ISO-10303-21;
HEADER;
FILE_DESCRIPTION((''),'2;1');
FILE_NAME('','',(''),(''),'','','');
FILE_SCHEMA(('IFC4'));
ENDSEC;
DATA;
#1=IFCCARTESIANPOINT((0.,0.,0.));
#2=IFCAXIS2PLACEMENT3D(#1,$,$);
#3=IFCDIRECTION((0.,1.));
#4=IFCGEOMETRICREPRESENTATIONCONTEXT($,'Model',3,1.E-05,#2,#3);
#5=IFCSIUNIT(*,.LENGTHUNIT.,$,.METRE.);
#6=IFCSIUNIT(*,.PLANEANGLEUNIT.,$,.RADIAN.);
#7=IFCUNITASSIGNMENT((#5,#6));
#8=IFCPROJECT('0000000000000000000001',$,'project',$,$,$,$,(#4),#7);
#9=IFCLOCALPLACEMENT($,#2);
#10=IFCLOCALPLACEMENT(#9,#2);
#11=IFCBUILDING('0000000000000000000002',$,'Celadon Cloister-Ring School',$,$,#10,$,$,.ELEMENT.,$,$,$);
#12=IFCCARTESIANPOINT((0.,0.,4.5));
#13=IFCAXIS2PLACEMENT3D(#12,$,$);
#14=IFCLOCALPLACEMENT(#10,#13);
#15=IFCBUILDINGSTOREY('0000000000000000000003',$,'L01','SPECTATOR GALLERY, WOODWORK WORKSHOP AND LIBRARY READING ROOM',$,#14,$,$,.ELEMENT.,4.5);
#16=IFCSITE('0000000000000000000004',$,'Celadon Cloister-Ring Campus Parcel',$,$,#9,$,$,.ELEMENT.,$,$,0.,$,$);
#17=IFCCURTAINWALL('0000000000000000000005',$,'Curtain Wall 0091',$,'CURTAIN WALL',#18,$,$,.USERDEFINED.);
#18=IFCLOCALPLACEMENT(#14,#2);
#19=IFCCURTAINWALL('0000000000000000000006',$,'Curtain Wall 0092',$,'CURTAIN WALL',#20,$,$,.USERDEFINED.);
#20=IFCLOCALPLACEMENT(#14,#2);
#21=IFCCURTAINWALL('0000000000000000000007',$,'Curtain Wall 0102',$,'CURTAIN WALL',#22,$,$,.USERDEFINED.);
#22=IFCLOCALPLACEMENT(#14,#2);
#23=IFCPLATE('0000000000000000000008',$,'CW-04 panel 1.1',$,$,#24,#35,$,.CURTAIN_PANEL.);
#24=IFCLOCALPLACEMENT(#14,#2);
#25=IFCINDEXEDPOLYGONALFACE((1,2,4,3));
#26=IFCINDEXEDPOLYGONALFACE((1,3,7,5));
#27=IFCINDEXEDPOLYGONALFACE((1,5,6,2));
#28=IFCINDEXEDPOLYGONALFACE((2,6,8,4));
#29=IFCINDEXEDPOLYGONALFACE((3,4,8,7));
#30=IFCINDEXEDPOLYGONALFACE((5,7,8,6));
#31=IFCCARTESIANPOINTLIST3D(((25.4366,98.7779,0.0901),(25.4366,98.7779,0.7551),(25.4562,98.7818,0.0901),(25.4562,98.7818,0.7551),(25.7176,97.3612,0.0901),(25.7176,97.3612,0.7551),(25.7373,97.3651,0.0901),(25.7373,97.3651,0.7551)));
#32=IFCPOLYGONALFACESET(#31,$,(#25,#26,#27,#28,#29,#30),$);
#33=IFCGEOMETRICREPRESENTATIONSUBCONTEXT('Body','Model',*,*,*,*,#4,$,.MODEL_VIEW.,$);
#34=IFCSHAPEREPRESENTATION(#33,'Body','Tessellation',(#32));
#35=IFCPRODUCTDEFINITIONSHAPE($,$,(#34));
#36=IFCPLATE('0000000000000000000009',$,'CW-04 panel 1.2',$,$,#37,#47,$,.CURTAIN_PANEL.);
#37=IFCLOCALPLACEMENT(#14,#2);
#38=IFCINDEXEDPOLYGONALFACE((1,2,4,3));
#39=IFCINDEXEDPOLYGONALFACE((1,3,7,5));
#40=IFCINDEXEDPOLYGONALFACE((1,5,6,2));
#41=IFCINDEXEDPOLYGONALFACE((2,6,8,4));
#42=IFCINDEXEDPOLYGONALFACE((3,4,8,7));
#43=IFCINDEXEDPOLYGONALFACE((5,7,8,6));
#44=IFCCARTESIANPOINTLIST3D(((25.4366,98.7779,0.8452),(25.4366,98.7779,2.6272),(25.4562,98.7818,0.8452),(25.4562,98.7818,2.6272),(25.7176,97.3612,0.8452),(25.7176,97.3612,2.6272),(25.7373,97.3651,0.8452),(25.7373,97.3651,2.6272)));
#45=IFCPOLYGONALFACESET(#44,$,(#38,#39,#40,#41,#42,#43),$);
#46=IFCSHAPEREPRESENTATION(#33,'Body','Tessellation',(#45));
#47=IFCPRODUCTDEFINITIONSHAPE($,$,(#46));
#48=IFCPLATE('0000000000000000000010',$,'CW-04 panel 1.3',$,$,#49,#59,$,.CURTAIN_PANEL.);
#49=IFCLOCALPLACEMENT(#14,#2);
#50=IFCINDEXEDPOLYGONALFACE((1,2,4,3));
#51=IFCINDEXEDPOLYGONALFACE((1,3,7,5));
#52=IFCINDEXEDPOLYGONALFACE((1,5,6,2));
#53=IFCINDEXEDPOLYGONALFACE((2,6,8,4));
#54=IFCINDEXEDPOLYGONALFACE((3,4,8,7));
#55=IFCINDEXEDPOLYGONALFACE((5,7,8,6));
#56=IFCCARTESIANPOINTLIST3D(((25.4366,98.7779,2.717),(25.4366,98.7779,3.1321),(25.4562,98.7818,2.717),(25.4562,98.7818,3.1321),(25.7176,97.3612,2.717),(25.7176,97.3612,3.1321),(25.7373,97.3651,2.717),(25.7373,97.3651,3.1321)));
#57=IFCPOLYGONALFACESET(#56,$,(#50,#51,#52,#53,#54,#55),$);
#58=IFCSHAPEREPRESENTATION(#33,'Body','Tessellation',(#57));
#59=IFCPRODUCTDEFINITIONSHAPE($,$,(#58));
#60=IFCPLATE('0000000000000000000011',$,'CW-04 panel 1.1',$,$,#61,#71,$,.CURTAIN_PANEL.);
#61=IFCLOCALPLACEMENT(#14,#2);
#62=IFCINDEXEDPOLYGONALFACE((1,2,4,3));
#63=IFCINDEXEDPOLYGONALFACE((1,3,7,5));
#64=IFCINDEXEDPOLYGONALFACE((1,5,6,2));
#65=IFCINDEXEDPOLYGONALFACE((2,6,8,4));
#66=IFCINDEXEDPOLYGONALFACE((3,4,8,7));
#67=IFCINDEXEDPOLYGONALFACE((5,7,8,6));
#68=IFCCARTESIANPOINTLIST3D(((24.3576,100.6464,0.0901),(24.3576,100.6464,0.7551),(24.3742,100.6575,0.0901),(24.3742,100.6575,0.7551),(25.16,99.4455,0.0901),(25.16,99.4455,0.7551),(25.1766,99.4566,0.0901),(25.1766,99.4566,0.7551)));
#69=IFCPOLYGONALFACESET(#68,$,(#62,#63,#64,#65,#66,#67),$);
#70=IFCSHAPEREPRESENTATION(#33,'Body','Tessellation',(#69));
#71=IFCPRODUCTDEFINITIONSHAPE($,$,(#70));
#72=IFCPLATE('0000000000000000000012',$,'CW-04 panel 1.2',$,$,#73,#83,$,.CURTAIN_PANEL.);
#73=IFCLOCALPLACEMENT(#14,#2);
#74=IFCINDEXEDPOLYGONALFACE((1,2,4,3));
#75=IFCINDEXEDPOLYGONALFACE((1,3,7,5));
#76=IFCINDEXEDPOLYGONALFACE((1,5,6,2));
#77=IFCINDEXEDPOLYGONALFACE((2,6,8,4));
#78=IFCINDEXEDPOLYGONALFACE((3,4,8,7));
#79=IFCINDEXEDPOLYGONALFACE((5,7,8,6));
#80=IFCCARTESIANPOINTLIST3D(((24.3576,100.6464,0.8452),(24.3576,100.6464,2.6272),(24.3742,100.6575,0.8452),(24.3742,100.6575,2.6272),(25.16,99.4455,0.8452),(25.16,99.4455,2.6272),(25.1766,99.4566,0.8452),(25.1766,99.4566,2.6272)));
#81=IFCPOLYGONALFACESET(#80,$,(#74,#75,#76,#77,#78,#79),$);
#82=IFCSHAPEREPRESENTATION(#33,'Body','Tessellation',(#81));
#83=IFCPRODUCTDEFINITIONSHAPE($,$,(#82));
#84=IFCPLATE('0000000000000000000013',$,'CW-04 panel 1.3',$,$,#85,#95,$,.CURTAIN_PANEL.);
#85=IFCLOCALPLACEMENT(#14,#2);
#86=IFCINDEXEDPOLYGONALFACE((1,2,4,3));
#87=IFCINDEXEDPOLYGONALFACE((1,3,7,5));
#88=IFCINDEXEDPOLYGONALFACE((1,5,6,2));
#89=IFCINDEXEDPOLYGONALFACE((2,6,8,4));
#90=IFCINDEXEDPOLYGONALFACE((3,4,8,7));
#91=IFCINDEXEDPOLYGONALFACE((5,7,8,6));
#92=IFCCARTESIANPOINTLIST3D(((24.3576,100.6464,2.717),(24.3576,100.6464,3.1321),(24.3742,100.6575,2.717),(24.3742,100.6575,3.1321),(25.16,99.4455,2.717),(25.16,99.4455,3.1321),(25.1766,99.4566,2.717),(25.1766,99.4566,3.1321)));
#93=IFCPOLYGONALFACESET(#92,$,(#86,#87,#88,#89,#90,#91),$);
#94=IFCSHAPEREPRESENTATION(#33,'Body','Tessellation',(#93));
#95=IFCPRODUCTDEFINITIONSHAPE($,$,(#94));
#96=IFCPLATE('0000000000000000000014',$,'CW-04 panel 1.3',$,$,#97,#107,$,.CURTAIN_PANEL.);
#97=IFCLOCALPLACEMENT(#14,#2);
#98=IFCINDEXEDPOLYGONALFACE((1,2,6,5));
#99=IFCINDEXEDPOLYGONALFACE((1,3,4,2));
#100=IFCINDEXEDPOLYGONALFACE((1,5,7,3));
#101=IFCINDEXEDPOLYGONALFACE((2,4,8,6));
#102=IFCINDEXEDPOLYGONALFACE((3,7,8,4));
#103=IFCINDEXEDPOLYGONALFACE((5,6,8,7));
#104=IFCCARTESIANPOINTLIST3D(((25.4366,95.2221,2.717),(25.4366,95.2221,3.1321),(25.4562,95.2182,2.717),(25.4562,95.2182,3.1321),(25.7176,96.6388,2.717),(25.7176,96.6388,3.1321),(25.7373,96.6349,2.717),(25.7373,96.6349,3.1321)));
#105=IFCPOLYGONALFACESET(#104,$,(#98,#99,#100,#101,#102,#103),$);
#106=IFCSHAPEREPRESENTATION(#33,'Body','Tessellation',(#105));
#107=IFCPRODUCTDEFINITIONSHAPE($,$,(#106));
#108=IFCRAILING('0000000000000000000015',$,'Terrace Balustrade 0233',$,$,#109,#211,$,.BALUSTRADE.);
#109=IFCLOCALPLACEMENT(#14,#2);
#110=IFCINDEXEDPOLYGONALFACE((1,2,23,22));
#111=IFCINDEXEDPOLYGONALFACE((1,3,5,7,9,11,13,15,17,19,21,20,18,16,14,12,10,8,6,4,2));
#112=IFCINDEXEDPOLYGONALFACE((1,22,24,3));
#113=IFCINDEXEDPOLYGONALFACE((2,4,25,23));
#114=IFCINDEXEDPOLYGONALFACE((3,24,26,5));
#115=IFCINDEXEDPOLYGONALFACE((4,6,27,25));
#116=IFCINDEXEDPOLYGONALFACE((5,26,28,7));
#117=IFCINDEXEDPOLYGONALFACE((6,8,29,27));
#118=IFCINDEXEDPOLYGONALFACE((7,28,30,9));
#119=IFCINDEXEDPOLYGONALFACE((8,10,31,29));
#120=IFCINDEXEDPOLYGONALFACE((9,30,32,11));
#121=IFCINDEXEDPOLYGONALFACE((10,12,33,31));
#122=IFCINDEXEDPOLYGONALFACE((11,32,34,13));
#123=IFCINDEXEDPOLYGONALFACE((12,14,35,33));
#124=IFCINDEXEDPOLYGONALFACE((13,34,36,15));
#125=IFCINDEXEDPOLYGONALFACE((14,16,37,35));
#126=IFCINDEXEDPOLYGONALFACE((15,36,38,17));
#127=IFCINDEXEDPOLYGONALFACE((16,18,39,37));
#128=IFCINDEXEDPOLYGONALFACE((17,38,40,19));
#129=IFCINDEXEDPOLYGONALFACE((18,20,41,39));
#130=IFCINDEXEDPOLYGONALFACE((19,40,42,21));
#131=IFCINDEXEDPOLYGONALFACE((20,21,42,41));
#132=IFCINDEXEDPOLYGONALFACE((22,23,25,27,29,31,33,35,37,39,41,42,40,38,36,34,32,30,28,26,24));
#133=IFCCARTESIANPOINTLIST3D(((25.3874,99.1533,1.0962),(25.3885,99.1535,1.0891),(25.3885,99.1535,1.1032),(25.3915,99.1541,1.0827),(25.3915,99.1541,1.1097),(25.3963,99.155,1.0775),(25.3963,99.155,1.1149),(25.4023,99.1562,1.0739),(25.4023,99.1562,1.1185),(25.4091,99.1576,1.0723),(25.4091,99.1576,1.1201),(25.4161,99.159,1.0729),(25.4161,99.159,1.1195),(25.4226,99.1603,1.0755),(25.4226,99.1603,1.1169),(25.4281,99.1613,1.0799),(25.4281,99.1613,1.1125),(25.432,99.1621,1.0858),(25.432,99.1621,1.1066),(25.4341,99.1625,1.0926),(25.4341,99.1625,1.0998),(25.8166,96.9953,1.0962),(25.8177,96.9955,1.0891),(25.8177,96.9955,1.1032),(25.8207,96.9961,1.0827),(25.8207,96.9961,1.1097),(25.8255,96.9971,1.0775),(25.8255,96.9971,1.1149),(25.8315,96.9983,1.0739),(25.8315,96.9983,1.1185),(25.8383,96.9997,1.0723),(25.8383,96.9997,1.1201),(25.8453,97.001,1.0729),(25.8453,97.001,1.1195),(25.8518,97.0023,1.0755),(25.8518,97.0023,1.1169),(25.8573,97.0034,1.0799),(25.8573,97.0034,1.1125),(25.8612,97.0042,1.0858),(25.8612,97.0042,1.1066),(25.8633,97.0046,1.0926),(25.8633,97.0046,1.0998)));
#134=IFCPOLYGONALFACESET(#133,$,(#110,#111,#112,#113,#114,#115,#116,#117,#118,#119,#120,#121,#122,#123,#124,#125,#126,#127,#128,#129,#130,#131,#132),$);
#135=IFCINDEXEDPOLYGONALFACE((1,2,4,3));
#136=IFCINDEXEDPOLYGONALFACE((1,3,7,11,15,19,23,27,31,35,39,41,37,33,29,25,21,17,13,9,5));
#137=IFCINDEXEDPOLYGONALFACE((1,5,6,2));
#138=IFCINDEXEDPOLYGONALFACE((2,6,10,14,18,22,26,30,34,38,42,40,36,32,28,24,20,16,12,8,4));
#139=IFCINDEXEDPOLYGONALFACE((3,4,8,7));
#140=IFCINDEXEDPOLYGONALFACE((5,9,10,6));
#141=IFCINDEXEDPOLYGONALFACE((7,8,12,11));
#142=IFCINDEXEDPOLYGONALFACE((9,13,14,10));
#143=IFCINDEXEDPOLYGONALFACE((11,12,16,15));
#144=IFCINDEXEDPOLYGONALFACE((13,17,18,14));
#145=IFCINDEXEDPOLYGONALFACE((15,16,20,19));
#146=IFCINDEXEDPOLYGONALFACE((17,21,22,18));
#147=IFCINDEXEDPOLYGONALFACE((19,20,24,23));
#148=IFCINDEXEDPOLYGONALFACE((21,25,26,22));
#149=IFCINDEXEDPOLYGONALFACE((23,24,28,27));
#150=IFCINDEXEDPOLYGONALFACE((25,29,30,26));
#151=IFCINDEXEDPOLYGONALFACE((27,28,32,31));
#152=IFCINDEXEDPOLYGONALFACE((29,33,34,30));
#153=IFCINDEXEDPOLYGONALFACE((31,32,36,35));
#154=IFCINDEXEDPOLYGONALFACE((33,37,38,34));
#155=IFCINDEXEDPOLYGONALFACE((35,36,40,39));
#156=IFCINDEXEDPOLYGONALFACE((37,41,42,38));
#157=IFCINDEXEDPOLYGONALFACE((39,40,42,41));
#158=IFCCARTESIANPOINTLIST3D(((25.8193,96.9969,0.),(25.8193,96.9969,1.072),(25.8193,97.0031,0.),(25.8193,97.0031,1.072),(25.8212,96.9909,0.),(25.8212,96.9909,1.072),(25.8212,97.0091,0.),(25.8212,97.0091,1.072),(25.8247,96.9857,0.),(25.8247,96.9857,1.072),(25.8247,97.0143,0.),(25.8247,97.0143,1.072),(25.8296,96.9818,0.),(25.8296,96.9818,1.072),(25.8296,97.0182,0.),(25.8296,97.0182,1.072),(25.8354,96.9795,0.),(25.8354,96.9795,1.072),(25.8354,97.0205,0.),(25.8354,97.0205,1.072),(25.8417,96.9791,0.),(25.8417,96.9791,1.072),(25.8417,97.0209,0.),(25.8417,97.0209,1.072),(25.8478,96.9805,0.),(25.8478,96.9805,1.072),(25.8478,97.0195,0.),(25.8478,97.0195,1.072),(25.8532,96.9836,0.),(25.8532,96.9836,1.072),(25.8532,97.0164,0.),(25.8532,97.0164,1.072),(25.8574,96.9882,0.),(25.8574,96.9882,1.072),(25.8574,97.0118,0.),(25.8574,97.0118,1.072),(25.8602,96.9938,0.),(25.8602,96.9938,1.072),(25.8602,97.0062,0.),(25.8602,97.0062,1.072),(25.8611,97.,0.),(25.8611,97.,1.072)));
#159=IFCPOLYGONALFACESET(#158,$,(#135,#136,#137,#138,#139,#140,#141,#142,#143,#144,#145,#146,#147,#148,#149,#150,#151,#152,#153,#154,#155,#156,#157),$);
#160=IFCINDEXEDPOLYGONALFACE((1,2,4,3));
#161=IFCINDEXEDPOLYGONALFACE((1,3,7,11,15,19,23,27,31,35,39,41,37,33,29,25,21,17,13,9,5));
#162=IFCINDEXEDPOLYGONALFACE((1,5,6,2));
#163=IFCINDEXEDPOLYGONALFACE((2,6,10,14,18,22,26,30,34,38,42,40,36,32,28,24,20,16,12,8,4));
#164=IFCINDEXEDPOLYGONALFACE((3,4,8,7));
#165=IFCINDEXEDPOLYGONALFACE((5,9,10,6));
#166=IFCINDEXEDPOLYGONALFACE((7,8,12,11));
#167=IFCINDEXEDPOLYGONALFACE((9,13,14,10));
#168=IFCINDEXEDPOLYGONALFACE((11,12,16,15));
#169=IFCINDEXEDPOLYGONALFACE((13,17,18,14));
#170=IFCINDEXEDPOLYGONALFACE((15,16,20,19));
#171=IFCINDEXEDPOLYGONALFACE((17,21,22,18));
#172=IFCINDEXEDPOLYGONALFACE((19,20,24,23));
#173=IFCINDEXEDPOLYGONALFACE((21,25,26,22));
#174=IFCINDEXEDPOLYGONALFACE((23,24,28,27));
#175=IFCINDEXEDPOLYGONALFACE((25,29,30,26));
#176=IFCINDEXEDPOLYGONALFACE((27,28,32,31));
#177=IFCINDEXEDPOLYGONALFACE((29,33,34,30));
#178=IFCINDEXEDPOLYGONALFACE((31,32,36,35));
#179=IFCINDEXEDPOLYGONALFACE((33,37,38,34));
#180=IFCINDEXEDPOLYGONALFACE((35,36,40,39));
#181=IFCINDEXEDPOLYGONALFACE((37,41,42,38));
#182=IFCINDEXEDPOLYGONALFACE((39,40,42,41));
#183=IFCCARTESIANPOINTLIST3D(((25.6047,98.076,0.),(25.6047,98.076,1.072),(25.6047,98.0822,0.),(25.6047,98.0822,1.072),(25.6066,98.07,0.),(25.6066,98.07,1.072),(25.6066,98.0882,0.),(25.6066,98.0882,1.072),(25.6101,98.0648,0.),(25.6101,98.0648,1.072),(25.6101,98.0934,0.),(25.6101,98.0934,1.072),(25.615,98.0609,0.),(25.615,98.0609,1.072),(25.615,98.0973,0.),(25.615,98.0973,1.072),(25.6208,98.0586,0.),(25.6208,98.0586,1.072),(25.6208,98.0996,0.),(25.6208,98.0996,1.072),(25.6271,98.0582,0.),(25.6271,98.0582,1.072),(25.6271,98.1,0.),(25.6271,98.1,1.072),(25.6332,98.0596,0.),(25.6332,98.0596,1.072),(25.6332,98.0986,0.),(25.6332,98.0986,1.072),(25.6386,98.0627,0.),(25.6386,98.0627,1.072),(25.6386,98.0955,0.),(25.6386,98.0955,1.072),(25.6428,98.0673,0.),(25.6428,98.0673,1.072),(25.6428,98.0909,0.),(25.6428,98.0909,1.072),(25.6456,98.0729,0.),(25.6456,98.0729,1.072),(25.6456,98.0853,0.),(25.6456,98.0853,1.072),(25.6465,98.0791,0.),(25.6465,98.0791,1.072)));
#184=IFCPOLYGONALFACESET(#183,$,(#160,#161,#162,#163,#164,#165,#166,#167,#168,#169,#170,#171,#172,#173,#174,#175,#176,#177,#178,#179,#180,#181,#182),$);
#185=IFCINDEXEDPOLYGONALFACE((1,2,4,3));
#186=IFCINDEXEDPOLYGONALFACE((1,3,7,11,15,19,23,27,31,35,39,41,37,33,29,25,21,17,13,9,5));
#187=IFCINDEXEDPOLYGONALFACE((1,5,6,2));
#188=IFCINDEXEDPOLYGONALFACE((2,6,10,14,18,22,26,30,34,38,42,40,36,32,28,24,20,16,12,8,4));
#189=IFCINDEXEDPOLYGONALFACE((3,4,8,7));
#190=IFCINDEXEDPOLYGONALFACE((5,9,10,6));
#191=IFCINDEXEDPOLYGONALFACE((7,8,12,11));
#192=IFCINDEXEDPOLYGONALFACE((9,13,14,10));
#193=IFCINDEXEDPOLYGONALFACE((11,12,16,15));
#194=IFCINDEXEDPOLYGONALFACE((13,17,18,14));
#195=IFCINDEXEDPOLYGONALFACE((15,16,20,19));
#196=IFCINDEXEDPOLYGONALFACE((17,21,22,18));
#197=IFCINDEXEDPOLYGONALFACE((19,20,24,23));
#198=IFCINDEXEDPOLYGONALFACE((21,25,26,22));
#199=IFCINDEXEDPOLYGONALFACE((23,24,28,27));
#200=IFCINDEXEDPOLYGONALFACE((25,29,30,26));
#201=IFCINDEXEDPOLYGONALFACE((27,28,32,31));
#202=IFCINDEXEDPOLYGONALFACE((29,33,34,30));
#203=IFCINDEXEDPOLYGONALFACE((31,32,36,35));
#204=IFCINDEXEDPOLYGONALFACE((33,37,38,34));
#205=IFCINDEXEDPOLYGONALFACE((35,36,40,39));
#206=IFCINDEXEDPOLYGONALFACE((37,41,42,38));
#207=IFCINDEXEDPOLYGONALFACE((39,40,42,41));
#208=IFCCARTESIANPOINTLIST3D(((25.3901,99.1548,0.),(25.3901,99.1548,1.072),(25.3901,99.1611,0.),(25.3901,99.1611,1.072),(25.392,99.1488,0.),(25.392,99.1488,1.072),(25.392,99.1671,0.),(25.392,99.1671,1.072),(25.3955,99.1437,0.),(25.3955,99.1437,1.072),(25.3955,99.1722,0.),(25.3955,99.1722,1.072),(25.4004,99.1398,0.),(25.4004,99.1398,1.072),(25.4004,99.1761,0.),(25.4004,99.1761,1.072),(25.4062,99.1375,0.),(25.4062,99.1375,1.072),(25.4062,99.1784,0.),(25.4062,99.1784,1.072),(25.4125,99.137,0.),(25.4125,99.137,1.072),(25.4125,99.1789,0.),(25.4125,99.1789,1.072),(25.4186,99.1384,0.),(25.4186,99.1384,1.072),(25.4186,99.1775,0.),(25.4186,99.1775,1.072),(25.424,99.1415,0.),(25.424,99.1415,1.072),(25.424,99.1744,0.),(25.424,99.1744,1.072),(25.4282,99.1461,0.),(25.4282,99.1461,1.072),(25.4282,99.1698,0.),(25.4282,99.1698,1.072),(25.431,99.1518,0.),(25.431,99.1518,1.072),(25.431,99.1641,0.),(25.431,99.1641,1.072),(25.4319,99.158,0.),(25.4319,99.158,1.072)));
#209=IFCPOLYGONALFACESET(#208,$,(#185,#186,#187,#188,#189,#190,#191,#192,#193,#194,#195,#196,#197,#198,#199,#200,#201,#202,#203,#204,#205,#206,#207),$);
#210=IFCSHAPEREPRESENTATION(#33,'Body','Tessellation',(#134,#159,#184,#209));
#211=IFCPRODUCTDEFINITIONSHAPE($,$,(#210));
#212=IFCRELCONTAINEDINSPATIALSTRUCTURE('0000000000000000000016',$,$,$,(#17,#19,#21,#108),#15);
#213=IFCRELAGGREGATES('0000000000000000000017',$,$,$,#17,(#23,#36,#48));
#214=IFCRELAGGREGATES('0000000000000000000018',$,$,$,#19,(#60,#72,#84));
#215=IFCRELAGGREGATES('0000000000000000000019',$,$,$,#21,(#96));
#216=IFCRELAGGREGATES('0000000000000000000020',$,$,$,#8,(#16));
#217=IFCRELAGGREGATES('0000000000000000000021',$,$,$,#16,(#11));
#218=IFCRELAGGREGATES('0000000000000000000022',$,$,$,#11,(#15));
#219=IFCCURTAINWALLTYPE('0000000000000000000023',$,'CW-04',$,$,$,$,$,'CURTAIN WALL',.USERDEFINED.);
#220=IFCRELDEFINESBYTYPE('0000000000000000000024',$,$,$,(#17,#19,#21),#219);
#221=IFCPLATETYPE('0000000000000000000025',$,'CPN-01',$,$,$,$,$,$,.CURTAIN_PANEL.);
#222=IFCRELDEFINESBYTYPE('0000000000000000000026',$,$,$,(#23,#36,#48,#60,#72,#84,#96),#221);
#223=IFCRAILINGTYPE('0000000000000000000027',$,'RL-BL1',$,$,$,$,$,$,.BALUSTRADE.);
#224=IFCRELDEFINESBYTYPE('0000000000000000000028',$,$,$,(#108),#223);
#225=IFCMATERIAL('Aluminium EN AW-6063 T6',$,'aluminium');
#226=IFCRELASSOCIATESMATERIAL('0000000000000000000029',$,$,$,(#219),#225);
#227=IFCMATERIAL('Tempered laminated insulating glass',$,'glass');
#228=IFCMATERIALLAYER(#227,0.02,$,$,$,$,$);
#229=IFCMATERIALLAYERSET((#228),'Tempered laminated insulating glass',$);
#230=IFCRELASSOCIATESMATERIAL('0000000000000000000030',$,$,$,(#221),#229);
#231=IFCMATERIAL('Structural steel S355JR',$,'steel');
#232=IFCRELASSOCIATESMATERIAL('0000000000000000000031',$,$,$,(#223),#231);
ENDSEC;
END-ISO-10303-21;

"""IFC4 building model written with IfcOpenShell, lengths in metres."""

from ifc_helpers import new_model, si_unit, direction, frame, origin, origin_2d, place, context, subcontext, project, spatial, rectangle, circle, extrude, material, layer, layer_set, type_object, element, aggregate, save


model = new_model("IFC4")

# Units and contexts
model_context = context("Model", 3, precision=1e-05, world=origin(), true_north=direction((0.0, 1.0)))
body_context = subcontext(model_context, "Body", "Model", "MODEL_VIEW")
ifc_project = project(units=[si_unit("LENGTHUNIT", "METRE"), si_unit("PLANEANGLEUNIT", "RADIAN")], contexts=[model_context])

# Site, building, storey
site_placement = place(None, origin())
site = spatial("IfcSite", under=ifc_project, at=site_placement, Name="Celadon Cloister-Ring Campus Parcel", CompositionType="ELEMENT", RefElevation=0.0)
building_placement = place(site_placement, origin())
building = spatial("IfcBuilding", under=site, at=building_placement, Name="Celadon Cloister-Ring School", CompositionType="ELEMENT")
storey_placement = place(building_placement, frame((0.0, 0.0, 4.5)))
storey = spatial("IfcBuildingStorey", under=building, at=storey_placement, Name="L01", Description="SPECTATOR GALLERY, WOODWORK WORKSHOP AND LIBRARY READING ROOM", CompositionType="ELEMENT", Elevation=4.5)

# Curtain walls
ifc_material_1 = material(Name="Aluminium EN AW-6063 T6", Category="aluminium")
curtain_wall_type = type_object("IfcCurtainWallType", Name="CW-04", ElementType="CURTAIN WALL", PredefinedType="USERDEFINED", material=ifc_material_1)
curtain_wall_1_placement = place(storey_placement, origin())
curtain_wall_1 = element("IfcCurtainWall", 1, at=curtain_wall_1_placement, inside=storey, type_object=curtain_wall_type, Name="Curtain Wall 0091", ObjectType="CURTAIN WALL", PredefinedType="USERDEFINED")
curtain_wall_2_placement = place(storey_placement, origin())
curtain_wall_2 = element("IfcCurtainWall", 2, at=curtain_wall_2_placement, inside=storey, type_object=curtain_wall_type, Name="Curtain Wall 0092", ObjectType="CURTAIN WALL", PredefinedType="USERDEFINED")

# Curtain wall
curtain_wall_3_placement = place(storey_placement, origin())
curtain_wall_3 = element("IfcCurtainWall", 3, at=curtain_wall_3_placement, inside=storey, type_object=curtain_wall_type, Name="Curtain Wall 0102", ObjectType="CURTAIN WALL", PredefinedType="USERDEFINED")

# Plates
ifc_material_2 = material(Name="Tempered laminated insulating glass", Category="glass")
ifc_layer = layer(ifc_material_2, 0.02)
ifc_layer_set = layer_set([ifc_layer], Name="Tempered laminated insulating glass")
plate_type = type_object("IfcPlateType", Name="CPN-01", PredefinedType="CURTAIN_PANEL", material=ifc_layer_set)
plate_1_placement = place(storey_placement, frame((25.5869, 98.0715, 0.0901), z_axis=(0.0, 0.0, 1.0), x_axis=(-0.194586, 0.980885, 0.0)))
plate_1 = element("IfcPlate", 4, at=plate_1_placement, type_object=plate_type, Name="CW-04 panel 1.1", PredefinedType="CURTAIN_PANEL", context=body_context, shape_type="SweptSolid", body=[
    extrude(rectangle(XDim=1.4443, YDim=0.02, at=origin_2d()), origin(), (0.0, 0.0, 1.0), 0.665),
])
plate_2_placement = place(storey_placement, frame((25.5869, 98.0715, 0.8452), z_axis=(0.0, 0.0, 1.0), x_axis=(-0.194586, 0.980885, 0.0)))
plate_2 = element("IfcPlate", 5, at=plate_2_placement, type_object=plate_type, Name="CW-04 panel 1.2", PredefinedType="CURTAIN_PANEL", context=body_context, shape_type="SweptSolid", body=[
    extrude(rectangle(XDim=1.4443, YDim=0.02, at=origin_2d()), origin(), (0.0, 0.0, 1.0), 1.782),
])
plate_3_placement = place(storey_placement, frame((25.5869, 98.0715, 2.717), z_axis=(0.0, 0.0, 1.0), x_axis=(-0.194586, 0.980885, 0.0)))
plate_3 = element("IfcPlate", 6, at=plate_3_placement, type_object=plate_type, Name="CW-04 panel 1.3", PredefinedType="CURTAIN_PANEL", context=body_context, shape_type="SweptSolid", body=[
    extrude(rectangle(XDim=1.4443, YDim=0.02, at=origin_2d()), origin(), (0.0, 0.0, 1.0), 0.415),
])
aggregate(curtain_wall_1, [plate_1, plate_2, plate_3])
plate_4_placement = place(storey_placement, frame((24.7671, 100.0515, 0.0901), z_axis=(0.0, 0.0, 1.0), x_axis=(-0.555547, 0.831485, 0.0)))
plate_4 = element("IfcPlate", 7, at=plate_4_placement, type_object=plate_type, Name="CW-04 panel 1.1", PredefinedType="CURTAIN_PANEL", context=body_context, shape_type="SweptSolid", body=[
    extrude(rectangle(XDim=1.4443, YDim=0.02, at=origin_2d()), origin(), (0.0, 0.0, 1.0), 0.665),
])
plate_5_placement = place(storey_placement, frame((24.7671, 100.0515, 0.8452), z_axis=(0.0, 0.0, 1.0), x_axis=(-0.555547, 0.831485, 0.0)))
plate_5 = element("IfcPlate", 8, at=plate_5_placement, type_object=plate_type, Name="CW-04 panel 1.2", PredefinedType="CURTAIN_PANEL", context=body_context, shape_type="SweptSolid", body=[
    extrude(rectangle(XDim=1.4443, YDim=0.02, at=origin_2d()), origin(), (0.0, 0.0, 1.0), 1.782),
])
plate_6_placement = place(storey_placement, frame((24.7671, 100.0515, 2.717), z_axis=(0.0, 0.0, 1.0), x_axis=(-0.555547, 0.831485, 0.0)))
plate_6 = element("IfcPlate", 9, at=plate_6_placement, type_object=plate_type, Name="CW-04 panel 1.3", PredefinedType="CURTAIN_PANEL", context=body_context, shape_type="SweptSolid", body=[
    extrude(rectangle(XDim=1.4443, YDim=0.02, at=origin_2d()), origin(), (0.0, 0.0, 1.0), 0.415),
])
aggregate(curtain_wall_2, [plate_4, plate_5, plate_6])
plate_7_placement = place(storey_placement, frame((25.5869, 95.9285, 2.717), z_axis=(0.0, 0.0, 1.0), x_axis=(0.194586, 0.980885, 0.0)))
plate_7 = element("IfcPlate", 10, at=plate_7_placement, type_object=plate_type, Name="CW-04 panel 1.3", PredefinedType="CURTAIN_PANEL", context=body_context, shape_type="SweptSolid", body=[
    extrude(rectangle(XDim=1.4443, YDim=0.02, at=origin_2d()), origin(), (0.0, 0.0, 1.0), 0.415),
])
aggregate(curtain_wall_3, [plate_7])

# Railing
ifc_material_3 = material(Name="Structural steel S355JR", Category="steel")
railing_type = type_object("IfcRailingType", Name="RL-BL1", PredefinedType="BALUSTRADE", material=ifc_material_3)
railing_1_placement = place(storey_placement, frame((25.8401, 97.0, 0.0)))
element("IfcRailing", 11, at=railing_1_placement, inside=storey, type_object=railing_type, Name="Terrace Balustrade 0233", PredefinedType="BALUSTRADE", context=body_context, shape_type="SweptSolid", body=[
    extrude(circle(Radius=0.0239, at=origin_2d()), frame((0.0, 0.0, 1.0962), z_axis=(-0.19507, 0.980789, 0.0), x_axis=(-0.980789, -0.19507, 0.0)), (0.0, 0.0, 1.0), 2.2002),
    extrude(circle(Radius=0.021, at=origin_2d()), origin(), (0.0, 0.0, 1.0), 1.072),
    extrude(circle(Radius=0.021, at=origin_2d()), frame((-0.2146, 1.0791, 0.0)), (0.0, 0.0, 1.0), 1.072),
    extrude(circle(Radius=0.021, at=origin_2d()), frame((-0.4292, 2.158, 0.0)), (0.0, 0.0, 1.0), 1.072),
])

save(model, "model.ifc")
